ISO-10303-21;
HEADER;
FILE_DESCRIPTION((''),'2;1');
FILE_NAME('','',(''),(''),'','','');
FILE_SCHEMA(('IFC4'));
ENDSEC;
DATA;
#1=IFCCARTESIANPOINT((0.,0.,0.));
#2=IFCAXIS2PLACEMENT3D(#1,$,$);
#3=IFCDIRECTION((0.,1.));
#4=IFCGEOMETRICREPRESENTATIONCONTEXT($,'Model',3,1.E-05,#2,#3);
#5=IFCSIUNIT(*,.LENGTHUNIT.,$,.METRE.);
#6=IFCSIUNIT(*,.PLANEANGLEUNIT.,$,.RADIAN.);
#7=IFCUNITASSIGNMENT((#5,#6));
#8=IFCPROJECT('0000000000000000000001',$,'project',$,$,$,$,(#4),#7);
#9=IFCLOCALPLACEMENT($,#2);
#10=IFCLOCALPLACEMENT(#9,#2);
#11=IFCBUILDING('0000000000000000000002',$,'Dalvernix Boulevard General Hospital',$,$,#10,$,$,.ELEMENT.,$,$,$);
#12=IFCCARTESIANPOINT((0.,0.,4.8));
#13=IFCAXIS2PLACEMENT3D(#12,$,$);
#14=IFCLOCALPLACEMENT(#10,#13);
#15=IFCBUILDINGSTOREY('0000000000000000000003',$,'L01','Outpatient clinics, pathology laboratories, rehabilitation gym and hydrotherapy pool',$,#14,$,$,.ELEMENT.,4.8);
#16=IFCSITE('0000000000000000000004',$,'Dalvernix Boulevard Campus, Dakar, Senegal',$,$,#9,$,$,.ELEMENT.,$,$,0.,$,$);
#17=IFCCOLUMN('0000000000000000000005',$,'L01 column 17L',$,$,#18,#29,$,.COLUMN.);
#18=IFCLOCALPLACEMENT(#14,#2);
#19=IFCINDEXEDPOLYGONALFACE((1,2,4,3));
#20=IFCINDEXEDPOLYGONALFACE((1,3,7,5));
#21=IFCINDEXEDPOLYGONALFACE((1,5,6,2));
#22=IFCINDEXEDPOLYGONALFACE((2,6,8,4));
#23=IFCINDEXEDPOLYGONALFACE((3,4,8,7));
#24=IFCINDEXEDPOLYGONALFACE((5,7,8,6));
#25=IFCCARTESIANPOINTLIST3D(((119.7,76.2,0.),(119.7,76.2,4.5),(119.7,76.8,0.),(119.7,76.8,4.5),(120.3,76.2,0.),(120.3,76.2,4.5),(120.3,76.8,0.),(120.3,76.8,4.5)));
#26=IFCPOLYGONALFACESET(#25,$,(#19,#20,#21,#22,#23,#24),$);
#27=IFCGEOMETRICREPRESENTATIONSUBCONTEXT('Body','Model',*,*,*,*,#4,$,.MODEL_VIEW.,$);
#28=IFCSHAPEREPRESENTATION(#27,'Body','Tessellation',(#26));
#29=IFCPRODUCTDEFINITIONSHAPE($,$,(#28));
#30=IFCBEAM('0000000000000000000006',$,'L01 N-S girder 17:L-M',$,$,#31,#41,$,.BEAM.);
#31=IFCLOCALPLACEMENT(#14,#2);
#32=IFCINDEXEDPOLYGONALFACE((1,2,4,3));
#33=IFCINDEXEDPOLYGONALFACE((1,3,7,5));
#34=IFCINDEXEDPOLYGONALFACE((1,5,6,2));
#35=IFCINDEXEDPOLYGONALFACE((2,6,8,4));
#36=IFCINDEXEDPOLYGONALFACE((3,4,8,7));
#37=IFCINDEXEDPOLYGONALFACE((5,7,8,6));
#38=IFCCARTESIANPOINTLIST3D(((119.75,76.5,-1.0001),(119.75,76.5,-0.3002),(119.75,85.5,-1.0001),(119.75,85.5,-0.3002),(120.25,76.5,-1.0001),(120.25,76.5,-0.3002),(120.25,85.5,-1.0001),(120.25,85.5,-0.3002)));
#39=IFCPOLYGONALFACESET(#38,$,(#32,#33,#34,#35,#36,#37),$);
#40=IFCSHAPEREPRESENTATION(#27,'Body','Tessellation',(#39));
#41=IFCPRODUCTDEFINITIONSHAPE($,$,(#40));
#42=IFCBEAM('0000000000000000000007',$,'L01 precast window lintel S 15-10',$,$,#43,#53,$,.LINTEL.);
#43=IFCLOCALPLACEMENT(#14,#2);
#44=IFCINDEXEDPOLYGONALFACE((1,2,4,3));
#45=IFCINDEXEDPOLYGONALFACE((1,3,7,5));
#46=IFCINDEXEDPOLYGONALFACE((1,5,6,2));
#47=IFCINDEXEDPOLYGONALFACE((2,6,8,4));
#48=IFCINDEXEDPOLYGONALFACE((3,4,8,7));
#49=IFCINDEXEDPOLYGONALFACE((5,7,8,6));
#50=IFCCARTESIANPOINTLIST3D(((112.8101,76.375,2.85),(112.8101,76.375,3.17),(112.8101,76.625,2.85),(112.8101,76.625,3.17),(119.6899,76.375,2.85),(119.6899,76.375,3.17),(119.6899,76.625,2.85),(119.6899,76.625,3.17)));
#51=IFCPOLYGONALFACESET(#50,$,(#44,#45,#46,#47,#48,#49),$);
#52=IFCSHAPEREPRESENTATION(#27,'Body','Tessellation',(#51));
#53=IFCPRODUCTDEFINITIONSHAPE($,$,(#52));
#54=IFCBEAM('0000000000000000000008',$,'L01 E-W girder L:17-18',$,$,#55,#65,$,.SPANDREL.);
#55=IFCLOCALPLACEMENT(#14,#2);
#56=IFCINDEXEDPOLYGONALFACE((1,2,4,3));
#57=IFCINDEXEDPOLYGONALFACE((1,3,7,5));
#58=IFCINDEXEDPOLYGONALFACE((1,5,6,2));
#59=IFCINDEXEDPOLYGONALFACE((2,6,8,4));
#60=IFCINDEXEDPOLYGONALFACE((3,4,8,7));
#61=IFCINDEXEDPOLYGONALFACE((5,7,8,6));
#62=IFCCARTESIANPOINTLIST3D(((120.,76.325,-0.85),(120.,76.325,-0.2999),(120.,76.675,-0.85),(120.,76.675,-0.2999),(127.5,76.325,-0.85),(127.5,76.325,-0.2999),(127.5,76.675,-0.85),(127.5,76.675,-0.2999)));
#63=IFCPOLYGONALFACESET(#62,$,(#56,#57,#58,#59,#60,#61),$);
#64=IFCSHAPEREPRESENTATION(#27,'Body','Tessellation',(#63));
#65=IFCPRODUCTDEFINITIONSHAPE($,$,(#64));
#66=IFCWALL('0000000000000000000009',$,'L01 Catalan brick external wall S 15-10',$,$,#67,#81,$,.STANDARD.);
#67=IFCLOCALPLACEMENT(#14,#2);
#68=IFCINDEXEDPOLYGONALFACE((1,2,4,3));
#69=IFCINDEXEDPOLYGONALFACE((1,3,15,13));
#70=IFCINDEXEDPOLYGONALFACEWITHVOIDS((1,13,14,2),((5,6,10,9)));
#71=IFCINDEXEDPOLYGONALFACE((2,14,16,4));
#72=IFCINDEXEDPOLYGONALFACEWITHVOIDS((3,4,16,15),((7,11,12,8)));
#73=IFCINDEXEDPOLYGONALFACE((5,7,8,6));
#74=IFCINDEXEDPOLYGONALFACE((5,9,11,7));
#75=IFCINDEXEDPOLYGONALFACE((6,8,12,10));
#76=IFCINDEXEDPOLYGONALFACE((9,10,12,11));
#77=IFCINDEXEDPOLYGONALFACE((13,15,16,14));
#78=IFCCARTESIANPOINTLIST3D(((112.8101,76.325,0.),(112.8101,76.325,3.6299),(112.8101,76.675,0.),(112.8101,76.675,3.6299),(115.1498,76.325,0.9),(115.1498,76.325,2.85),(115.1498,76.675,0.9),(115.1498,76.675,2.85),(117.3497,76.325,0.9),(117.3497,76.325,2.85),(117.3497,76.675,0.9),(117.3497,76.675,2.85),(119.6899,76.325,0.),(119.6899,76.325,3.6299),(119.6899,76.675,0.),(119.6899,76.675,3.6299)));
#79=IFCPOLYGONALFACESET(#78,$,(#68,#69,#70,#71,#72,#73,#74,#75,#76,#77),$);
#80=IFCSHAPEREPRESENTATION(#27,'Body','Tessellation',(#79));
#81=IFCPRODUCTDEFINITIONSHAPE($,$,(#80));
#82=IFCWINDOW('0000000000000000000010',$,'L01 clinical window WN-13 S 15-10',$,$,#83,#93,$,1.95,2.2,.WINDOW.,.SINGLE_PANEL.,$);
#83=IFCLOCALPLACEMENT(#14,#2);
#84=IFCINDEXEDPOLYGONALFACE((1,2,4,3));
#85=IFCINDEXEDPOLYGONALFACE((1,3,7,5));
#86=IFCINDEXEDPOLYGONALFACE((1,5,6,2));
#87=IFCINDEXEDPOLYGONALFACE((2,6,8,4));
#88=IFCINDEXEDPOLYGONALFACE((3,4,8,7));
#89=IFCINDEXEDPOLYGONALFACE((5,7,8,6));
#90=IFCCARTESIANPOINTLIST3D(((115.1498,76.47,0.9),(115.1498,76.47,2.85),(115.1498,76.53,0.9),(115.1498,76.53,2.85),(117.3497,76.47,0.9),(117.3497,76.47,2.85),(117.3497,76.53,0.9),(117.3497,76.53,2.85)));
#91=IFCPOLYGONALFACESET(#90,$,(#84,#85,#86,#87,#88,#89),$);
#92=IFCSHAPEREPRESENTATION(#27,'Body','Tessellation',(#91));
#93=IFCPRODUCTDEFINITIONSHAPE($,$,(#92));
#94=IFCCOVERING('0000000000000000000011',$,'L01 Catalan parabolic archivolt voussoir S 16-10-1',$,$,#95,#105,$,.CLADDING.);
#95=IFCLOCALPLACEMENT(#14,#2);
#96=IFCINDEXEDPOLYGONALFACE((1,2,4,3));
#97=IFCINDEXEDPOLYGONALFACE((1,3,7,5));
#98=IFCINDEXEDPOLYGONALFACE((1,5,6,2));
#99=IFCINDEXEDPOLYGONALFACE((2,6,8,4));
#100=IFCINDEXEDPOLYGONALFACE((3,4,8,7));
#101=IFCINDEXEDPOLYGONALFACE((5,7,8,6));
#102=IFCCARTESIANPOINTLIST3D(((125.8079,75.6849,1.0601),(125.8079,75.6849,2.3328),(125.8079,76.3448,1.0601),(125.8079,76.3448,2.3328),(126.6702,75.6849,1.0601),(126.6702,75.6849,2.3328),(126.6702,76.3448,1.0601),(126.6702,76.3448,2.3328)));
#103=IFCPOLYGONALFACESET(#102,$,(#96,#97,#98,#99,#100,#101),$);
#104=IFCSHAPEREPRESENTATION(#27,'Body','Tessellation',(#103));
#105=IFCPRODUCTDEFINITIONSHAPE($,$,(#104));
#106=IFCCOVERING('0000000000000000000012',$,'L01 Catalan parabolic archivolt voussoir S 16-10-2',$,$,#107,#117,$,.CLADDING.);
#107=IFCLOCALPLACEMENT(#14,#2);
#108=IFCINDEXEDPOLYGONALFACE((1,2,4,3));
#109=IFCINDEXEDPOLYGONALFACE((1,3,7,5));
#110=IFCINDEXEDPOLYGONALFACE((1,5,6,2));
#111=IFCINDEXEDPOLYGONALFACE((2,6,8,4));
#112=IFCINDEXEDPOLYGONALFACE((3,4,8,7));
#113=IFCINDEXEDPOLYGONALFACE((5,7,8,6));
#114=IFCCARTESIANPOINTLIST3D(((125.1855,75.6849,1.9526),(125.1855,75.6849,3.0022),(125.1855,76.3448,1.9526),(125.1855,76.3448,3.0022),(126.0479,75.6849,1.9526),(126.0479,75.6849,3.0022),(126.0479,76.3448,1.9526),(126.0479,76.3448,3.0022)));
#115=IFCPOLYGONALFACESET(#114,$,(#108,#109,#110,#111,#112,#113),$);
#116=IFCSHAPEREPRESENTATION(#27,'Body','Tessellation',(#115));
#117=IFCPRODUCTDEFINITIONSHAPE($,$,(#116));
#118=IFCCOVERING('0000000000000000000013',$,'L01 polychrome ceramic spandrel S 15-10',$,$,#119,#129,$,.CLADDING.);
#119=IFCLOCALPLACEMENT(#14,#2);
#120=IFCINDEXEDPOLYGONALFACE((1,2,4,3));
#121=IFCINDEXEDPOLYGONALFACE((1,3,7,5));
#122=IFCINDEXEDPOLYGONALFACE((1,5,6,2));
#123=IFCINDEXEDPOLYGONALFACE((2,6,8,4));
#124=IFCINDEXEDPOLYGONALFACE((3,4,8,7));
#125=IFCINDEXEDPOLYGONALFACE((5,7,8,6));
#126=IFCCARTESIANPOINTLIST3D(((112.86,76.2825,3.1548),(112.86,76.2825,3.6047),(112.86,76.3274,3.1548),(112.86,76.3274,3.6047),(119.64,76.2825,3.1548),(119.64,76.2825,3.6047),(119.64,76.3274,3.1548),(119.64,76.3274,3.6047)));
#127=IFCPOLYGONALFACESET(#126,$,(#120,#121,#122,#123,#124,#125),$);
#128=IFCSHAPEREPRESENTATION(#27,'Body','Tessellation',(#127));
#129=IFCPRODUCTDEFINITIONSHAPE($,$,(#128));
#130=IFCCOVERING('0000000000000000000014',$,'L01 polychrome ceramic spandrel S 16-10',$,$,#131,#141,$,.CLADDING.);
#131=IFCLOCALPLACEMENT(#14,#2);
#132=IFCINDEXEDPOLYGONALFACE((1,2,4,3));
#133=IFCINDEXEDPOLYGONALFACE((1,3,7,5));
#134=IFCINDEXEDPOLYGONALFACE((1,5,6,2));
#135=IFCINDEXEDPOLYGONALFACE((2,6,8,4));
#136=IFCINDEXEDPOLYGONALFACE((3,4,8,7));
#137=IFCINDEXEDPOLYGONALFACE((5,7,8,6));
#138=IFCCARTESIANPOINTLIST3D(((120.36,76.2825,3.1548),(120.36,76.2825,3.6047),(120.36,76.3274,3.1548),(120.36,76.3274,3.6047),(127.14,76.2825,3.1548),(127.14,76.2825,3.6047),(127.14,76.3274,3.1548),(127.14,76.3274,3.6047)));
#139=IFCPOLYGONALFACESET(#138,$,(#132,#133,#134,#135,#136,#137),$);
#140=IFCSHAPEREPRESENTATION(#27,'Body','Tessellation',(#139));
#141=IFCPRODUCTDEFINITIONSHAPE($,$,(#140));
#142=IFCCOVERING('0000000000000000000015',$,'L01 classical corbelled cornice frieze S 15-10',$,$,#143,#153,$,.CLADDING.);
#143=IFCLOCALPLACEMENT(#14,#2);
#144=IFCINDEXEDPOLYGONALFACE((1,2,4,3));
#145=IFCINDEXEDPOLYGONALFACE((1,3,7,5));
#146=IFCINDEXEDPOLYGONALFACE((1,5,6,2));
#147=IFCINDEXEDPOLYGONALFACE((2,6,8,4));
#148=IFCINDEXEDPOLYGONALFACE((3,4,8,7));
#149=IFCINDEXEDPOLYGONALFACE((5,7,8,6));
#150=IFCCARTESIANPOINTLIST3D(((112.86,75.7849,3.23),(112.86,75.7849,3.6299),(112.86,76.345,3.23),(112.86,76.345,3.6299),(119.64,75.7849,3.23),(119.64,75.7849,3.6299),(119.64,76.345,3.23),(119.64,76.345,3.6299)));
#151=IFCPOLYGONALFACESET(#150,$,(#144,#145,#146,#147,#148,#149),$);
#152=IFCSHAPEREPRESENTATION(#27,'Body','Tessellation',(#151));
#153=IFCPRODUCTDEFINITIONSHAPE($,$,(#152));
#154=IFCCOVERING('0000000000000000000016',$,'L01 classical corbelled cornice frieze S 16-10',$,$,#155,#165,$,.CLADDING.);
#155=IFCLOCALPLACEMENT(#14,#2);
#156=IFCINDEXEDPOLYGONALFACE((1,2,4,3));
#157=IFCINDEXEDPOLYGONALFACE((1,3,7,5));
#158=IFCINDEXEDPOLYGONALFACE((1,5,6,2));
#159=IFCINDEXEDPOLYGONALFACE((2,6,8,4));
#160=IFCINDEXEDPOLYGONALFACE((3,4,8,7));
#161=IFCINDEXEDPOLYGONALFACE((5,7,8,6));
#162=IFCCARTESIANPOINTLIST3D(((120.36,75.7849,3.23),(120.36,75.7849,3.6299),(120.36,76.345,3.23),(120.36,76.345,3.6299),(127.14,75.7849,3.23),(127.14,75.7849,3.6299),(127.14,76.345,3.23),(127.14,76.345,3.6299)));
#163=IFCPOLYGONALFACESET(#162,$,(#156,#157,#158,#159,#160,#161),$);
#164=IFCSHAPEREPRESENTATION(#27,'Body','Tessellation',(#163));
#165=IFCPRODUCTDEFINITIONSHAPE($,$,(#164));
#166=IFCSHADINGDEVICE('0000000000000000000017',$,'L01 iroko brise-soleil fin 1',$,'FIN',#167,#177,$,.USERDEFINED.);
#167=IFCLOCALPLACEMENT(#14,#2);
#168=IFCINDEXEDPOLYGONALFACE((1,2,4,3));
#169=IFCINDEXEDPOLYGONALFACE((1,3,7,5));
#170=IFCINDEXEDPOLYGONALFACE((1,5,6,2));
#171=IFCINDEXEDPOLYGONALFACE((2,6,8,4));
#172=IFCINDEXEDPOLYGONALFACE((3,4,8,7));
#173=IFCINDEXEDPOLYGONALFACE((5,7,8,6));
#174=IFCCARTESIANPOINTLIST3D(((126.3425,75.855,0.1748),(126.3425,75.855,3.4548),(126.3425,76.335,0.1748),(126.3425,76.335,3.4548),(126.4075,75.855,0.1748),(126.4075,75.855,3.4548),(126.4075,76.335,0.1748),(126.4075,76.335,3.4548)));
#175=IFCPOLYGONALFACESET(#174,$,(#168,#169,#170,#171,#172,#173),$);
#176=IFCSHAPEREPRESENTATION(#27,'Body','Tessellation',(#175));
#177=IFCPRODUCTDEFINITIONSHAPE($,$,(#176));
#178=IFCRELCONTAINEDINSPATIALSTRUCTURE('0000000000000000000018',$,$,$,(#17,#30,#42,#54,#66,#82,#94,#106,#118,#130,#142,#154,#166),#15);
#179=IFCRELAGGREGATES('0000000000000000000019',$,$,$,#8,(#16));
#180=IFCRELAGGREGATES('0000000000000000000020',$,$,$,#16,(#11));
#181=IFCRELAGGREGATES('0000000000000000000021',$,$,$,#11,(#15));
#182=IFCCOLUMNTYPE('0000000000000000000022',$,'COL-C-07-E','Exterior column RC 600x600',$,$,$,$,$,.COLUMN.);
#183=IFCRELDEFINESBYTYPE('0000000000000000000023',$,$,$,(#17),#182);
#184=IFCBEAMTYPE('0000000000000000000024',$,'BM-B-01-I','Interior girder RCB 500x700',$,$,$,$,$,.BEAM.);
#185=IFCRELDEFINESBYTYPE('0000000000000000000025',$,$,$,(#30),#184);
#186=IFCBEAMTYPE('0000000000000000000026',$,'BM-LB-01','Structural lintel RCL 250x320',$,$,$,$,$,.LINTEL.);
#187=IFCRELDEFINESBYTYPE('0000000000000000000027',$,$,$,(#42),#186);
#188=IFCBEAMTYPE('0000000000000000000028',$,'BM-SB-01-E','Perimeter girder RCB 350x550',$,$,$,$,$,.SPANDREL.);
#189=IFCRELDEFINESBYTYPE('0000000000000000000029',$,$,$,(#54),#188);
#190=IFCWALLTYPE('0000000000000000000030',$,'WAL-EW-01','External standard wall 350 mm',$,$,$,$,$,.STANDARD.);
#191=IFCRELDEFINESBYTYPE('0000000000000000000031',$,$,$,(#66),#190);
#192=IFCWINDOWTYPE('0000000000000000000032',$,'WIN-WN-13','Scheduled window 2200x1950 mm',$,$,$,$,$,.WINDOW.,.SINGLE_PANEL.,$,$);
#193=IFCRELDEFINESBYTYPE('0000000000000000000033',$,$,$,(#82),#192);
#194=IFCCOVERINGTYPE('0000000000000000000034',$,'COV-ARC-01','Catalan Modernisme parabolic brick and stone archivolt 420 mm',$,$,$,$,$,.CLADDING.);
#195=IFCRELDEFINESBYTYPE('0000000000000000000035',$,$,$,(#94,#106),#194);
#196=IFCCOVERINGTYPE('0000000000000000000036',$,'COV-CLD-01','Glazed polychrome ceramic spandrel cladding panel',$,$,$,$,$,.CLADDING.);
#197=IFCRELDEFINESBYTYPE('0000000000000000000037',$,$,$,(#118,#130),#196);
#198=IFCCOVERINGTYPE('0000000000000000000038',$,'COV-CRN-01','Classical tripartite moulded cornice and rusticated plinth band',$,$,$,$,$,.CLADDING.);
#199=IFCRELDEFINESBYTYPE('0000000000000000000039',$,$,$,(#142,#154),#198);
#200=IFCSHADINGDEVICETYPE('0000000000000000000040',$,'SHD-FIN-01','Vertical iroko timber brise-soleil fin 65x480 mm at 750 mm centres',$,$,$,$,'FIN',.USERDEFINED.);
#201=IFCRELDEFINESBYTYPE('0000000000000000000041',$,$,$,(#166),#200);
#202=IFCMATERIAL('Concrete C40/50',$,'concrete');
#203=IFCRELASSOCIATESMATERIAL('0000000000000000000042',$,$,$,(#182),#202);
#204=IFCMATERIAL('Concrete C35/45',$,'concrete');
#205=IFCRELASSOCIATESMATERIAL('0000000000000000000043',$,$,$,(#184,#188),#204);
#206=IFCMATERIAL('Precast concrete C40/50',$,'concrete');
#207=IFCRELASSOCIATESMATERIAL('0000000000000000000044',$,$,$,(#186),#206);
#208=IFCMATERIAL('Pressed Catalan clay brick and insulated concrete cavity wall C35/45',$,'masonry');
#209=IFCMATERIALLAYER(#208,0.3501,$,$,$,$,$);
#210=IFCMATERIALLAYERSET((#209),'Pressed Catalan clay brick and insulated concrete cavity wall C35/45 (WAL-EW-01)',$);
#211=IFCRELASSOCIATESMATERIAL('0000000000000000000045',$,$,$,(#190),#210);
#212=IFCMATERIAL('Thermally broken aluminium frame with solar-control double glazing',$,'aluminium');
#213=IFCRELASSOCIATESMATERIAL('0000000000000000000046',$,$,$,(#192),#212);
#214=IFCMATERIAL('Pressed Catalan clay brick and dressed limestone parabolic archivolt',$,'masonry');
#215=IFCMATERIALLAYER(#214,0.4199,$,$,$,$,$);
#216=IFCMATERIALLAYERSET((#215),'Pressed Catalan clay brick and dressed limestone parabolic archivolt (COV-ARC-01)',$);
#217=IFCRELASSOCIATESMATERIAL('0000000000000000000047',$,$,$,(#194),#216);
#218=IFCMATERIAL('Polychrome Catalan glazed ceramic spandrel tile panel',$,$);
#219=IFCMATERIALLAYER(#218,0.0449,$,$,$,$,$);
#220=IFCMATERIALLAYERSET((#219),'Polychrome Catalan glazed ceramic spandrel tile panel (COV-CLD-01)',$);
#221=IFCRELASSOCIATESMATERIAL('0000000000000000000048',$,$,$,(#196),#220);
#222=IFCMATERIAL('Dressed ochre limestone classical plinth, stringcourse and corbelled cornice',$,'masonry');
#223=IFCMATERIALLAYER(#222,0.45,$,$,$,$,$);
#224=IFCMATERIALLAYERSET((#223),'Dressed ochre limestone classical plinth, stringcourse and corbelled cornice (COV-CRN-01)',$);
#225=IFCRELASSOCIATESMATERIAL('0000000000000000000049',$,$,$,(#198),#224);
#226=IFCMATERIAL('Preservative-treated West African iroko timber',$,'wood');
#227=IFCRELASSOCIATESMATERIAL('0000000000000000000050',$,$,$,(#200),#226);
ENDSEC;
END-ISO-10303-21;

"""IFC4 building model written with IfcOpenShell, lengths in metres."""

from ifc_helpers import new_model, si_unit, direction, frame, frame_2d, origin, origin_2d, place, context, subcontext, project, spatial, rectangle, extrude, material, layer, layer_set, material_profile, profile_set, type_object, element, fill, save


model = new_model("IFC4")

# Units and contexts
model_context = context("Model", 3, precision=1e-05, world=origin(), true_north=direction((0.0, 1.0)))
body_context = subcontext(model_context, "Body", "Model", "MODEL_VIEW")
ifc_project = project(units=[si_unit("LENGTHUNIT", "METRE"), si_unit("PLANEANGLEUNIT", "RADIAN")], contexts=[model_context])

# Site, building, storey
site_placement = place(None, origin())
site = spatial("IfcSite", under=ifc_project, at=site_placement, Name="Dalvernix Boulevard Campus, Dakar, Senegal", CompositionType="ELEMENT", RefElevation=0.0)
building_placement = place(site_placement, origin())
building = spatial("IfcBuilding", under=site, at=building_placement, Name="Dalvernix Boulevard General Hospital", CompositionType="ELEMENT")
storey_placement = place(building_placement, frame((0.0, 0.0, 4.8)))
storey = spatial("IfcBuildingStorey", under=building, at=storey_placement, Name="L01", Description="Outpatient clinics, pathology laboratories, rehabilitation gym and hydrotherapy pool", CompositionType="ELEMENT", Elevation=4.8)

# Column
ifc_material_1 = material(Name="Concrete C40/50", Category="concrete")
ifc_material_profile_1 = material_profile(ifc_material_1, rectangle(XDim=0.6001, YDim=0.6001, at=origin_2d()), Name="RC 600x600")
ifc_profile_set_1 = profile_set([ifc_material_profile_1], Name="Concrete C40/50")
column_type = type_object("IfcColumnType", Name="COL-C-07-E", Description="Exterior column RC 600x600", PredefinedType="COLUMN", material=ifc_profile_set_1)
column_placement = place(storey_placement, frame((120.0, 76.5, 0.0), z_axis=(0.0, 0.0, 1.0), x_axis=(1.0, 0.0, 0.0)))
element("IfcColumn", 1, at=column_placement, inside=storey, type_object=column_type, Name="L01 column 17L", PredefinedType="COLUMN", context=body_context, shape_type="SweptSolid", body=[
    extrude(rectangle(XDim=0.6001, YDim=0.6001, at=origin_2d()), origin(), (0.0, 0.0, 1.0), 4.5),
])

# Beams
ifc_material_2 = material(Name="Concrete C35/45", Category="concrete")
ifc_material_profile_2 = material_profile(ifc_material_2, rectangle(XDim=0.5, YDim=0.7, at=origin_2d()), Name="RCB 500x700")
ifc_profile_set_2 = profile_set([ifc_material_profile_2], Name="Concrete C35/45")
beam_type_1 = type_object("IfcBeamType", Name="BM-B-01-I", Description="Interior girder RCB 500x700", PredefinedType="BEAM", material=ifc_profile_set_2)
beam_1_placement = place(storey_placement, frame((120.0, 76.5, -0.6501), z_axis=(0.0, 1.0, 0.0), x_axis=(-1.0, 0.0, 0.0)))
element("IfcBeam", 2, at=beam_1_placement, inside=storey, type_object=beam_type_1, Name="L01 N-S girder 17:L-M", PredefinedType="BEAM", context=body_context, shape_type="SweptSolid", body=[
    extrude(rectangle(XDim=0.5, YDim=0.7, at=origin_2d()), origin(), (0.0, 0.0, 1.0), 9.0),
])
ifc_material_3 = material(Name="Precast concrete C40/50", Category="concrete")
ifc_material_profile_3 = material_profile(ifc_material_3, rectangle(XDim=0.25, YDim=0.3201, at=origin_2d()), Name="RCL 250x320")
ifc_profile_set_3 = profile_set([ifc_material_profile_3], Name="Precast concrete C40/50")
beam_type_2 = type_object("IfcBeamType", Name="BM-LB-01", Description="Structural lintel RCL 250x320", PredefinedType="LINTEL", material=ifc_profile_set_3)
beam_2_placement = place(storey_placement, frame((119.6899, 76.5, 3.01), z_axis=(-1.0, 0.0, 0.0), x_axis=(0.0, -1.0, 0.0)))
element("IfcBeam", 3, at=beam_2_placement, inside=storey, type_object=beam_type_2, Name="L01 precast window lintel S 15-10", PredefinedType="LINTEL", context=body_context, shape_type="SweptSolid", body=[
    extrude(rectangle(XDim=0.25, YDim=0.3201, at=origin_2d()), origin(), (0.0, 0.0, 1.0), 6.8799),
])
ifc_material_profile_4 = material_profile(ifc_material_2, rectangle(XDim=0.3501, YDim=0.55, at=origin_2d()), Name="RCB 350x550")
ifc_profile_set_4 = profile_set([ifc_material_profile_4], Name="Concrete C35/45")
beam_type_3 = type_object("IfcBeamType", Name="BM-SB-01-E", Description="Perimeter girder RCB 350x550", PredefinedType="SPANDREL", material=ifc_profile_set_4)
beam_3_placement = place(storey_placement, frame((120.0, 76.5, -0.575), z_axis=(1.0, 0.0, 0.0), x_axis=(0.0, 1.0, 0.0)))
element("IfcBeam", 4, at=beam_3_placement, inside=storey, type_object=beam_type_3, Name="L01 E-W girder L:17-18", PredefinedType="SPANDREL", context=body_context, shape_type="SweptSolid", body=[
    extrude(rectangle(XDim=0.3501, YDim=0.55, at=origin_2d()), origin(), (0.0, 0.0, 1.0), 7.5),
])

# Wall, opening, window
ifc_material_4 = material(Name="Pressed Catalan clay brick and insulated concrete cavity wall C35/45", Category="masonry")
ifc_layer_1 = layer(ifc_material_4, 0.3501)
ifc_layer_set_1 = layer_set([ifc_layer_1], Name="Pressed Catalan clay brick and insulated concrete cavity wall C35/45 (WAL-EW-01)")
wall_type = type_object("IfcWallType", Name="WAL-EW-01", Description="External standard wall 350 mm", PredefinedType="STANDARD", material=ifc_layer_set_1)
wall_placement = place(storey_placement, frame((119.6899, 76.5, 0.0), z_axis=(0.0, 0.0, 1.0), x_axis=(-1.0, 0.0, 0.0)))
wall = element("IfcWall", 5, at=wall_placement, inside=storey, type_object=wall_type, Name="L01 Catalan brick external wall S 15-10", PredefinedType="STANDARD", context=body_context, shape_type="SweptSolid", body=[
    extrude(rectangle(XDim=6.8799, YDim=0.3501, at=frame_2d((3.4399, 0.0))), origin(), (0.0, 0.0, 1.0), 3.6299),
])
opening_placement = place(wall_placement, frame((2.3401, 0.0, 0.8999)))
opening = element("IfcOpeningElement", 6, at=opening_placement, cuts=wall, PredefinedType="OPENING", context=body_context, shape_type="SweptSolid", body=[
    extrude(rectangle(XDim=2.2, YDim=1.95, at=frame_2d((1.1001, 0.9751))), frame((0.0, 0.1851, 0.0), z_axis=(0.0, -1.0, 0.0), x_axis=(1.0, 0.0, 0.0)), (0.0, 0.0, 1.0), 0.3701),
])
ifc_material_5 = material(Name="Thermally broken aluminium frame with solar-control double glazing", Category="aluminium")
window_type = type_object("IfcWindowType", Name="WIN-WN-13", Description="Scheduled window 2200x1950 mm", PartitioningType="SINGLE_PANEL", PredefinedType="WINDOW", material=ifc_material_5)
window_placement = place(opening_placement, origin())
window = element("IfcWindow", 7, at=window_placement, inside=storey, type_object=window_type, Name="L01 clinical window WN-13 S 15-10", OverallHeight=1.95, OverallWidth=2.2, PartitioningType="SINGLE_PANEL", PredefinedType="WINDOW", context=body_context, shape_type="SweptSolid", body=[
    extrude(rectangle(XDim=2.2, YDim=1.95, at=frame_2d((1.1001, 0.9751))), frame((0.0, 0.03, 0.0), z_axis=(0.0, -1.0, 0.0), x_axis=(1.0, 0.0, 0.0)), (0.0, 0.0, 1.0), 0.0601),
])
fill(opening, window)

# Coverings
ifc_material_6 = material(Name="Pressed Catalan clay brick and dressed limestone parabolic archivolt", Category="masonry")
ifc_layer_2 = layer(ifc_material_6, 0.4199)
ifc_layer_set_2 = layer_set([ifc_layer_2], Name="Pressed Catalan clay brick and dressed limestone parabolic archivolt (COV-ARC-01)")
covering_type_1 = type_object("IfcCoveringType", Name="COV-ARC-01", Description="Catalan Modernisme parabolic brick and stone archivolt 420 mm", PredefinedType="CLADDING", material=ifc_layer_set_2)
covering_1_placement = place(storey_placement, frame((126.239, 76.0149, 1.0601), z_axis=(0.0, 0.0, 1.0), x_axis=(-1.0, 0.0, 0.0)))
element("IfcCovering", 8, at=covering_1_placement, inside=storey, type_object=covering_type_1, Name="L01 Catalan parabolic archivolt voussoir S 16-10-1", PredefinedType="CLADDING", context=body_context, shape_type="SweptSolid", body=[
    extrude(rectangle(XDim=0.8623, YDim=0.6599, at=origin_2d()), origin(), (0.0, 0.0, 1.0), 1.2727),
])
covering_2_placement = place(storey_placement, frame((125.6167, 76.0149, 1.9526), z_axis=(0.0, 0.0, 1.0), x_axis=(-1.0, 0.0, 0.0)))
element("IfcCovering", 9, at=covering_2_placement, inside=storey, type_object=covering_type_1, Name="L01 Catalan parabolic archivolt voussoir S 16-10-2", PredefinedType="CLADDING", context=body_context, shape_type="SweptSolid", body=[
    extrude(rectangle(XDim=0.8623, YDim=0.6599, at=origin_2d()), origin(), (0.0, 0.0, 1.0), 1.0496),
])
ifc_material_7 = material(Name="Polychrome Catalan glazed ceramic spandrel tile panel")
ifc_layer_3 = layer(ifc_material_7, 0.0449)
ifc_layer_set_3 = layer_set([ifc_layer_3], Name="Polychrome Catalan glazed ceramic spandrel tile panel (COV-CLD-01)")
covering_type_2 = type_object("IfcCoveringType", Name="COV-CLD-01", Description="Glazed polychrome ceramic spandrel cladding panel", PredefinedType="CLADDING", material=ifc_layer_set_3)
for number, where, z_axis, x_axis, name in (
    (10, (116.25, 76.3049, 3.1548), (0.0, 0.0, 1.0), (-1.0, 0.0, 0.0), "L01 polychrome ceramic spandrel S 15-10"),
    (11, (123.75, 76.3049, 3.1548), (0.0, 0.0, 1.0), (-1.0, 0.0, 0.0), "L01 polychrome ceramic spandrel S 16-10"),
):
    element("IfcCovering", number, at=place(storey_placement, frame(where, z_axis=z_axis, x_axis=x_axis)), inside=storey, type_object=covering_type_2, Name=name, PredefinedType="CLADDING", context=body_context, shape_type="SweptSolid", body=[
        extrude(rectangle(XDim=6.78, YDim=0.0449, at=origin_2d()), origin(), (0.0, 0.0, 1.0), 0.45),
    ])
ifc_material_8 = material(Name="Dressed ochre limestone classical plinth, stringcourse and corbelled cornice", Category="masonry")
ifc_layer_4 = layer(ifc_material_8, 0.45)
ifc_layer_set_4 = layer_set([ifc_layer_4], Name="Dressed ochre limestone classical plinth, stringcourse and corbelled cornice (COV-CRN-01)")
covering_type_3 = type_object("IfcCoveringType", Name="COV-CRN-01", Description="Classical tripartite moulded cornice and rusticated plinth band", PredefinedType="CLADDING", material=ifc_layer_set_4)
for number, where, z_axis, x_axis, name in (
    (12, (116.25, 76.0649, 3.23), (0.0, 0.0, 1.0), (-1.0, 0.0, 0.0), "L01 classical corbelled cornice frieze S 15-10"),
    (13, (123.75, 76.0649, 3.23), (0.0, 0.0, 1.0), (-1.0, 0.0, 0.0), "L01 classical corbelled cornice frieze S 16-10"),
):
    element("IfcCovering", number, at=place(storey_placement, frame(where, z_axis=z_axis, x_axis=x_axis)), inside=storey, type_object=covering_type_3, Name=name, PredefinedType="CLADDING", context=body_context, shape_type="SweptSolid", body=[
        extrude(rectangle(XDim=6.78, YDim=0.5601, at=origin_2d()), origin(), (0.0, 0.0, 1.0), 0.3999),
    ])

# Shading device
ifc_material_9 = material(Name="Preservative-treated West African iroko timber", Category="wood")
shading_device_type_1 = type_object("IfcShadingDeviceType", Name="SHD-FIN-01", Description="Vertical iroko timber brise-soleil fin 65x480 mm at 750 mm centres", ElementType="FIN", PredefinedType="USERDEFINED", material=ifc_material_9)
for number, where, z_axis, x_axis, name in (
    (14, (126.375, 76.095, 0.1748), (0.0, 0.0, 1.0), (-1.0, 0.0, 0.0), "L01 iroko brise-soleil fin 1"),
):
    element("IfcShadingDevice", number, at=place(storey_placement, frame(where, z_axis=z_axis, x_axis=x_axis)), inside=storey, type_object=shading_device_type_1, Name=name, ObjectType="FIN", PredefinedType="USERDEFINED", context=body_context, shape_type="SweptSolid", body=[
        extrude(rectangle(XDim=0.0649, YDim=0.48, at=origin_2d()), origin(), (0.0, 0.0, 1.0), 3.28),
    ])

save(model, "model.ifc")
